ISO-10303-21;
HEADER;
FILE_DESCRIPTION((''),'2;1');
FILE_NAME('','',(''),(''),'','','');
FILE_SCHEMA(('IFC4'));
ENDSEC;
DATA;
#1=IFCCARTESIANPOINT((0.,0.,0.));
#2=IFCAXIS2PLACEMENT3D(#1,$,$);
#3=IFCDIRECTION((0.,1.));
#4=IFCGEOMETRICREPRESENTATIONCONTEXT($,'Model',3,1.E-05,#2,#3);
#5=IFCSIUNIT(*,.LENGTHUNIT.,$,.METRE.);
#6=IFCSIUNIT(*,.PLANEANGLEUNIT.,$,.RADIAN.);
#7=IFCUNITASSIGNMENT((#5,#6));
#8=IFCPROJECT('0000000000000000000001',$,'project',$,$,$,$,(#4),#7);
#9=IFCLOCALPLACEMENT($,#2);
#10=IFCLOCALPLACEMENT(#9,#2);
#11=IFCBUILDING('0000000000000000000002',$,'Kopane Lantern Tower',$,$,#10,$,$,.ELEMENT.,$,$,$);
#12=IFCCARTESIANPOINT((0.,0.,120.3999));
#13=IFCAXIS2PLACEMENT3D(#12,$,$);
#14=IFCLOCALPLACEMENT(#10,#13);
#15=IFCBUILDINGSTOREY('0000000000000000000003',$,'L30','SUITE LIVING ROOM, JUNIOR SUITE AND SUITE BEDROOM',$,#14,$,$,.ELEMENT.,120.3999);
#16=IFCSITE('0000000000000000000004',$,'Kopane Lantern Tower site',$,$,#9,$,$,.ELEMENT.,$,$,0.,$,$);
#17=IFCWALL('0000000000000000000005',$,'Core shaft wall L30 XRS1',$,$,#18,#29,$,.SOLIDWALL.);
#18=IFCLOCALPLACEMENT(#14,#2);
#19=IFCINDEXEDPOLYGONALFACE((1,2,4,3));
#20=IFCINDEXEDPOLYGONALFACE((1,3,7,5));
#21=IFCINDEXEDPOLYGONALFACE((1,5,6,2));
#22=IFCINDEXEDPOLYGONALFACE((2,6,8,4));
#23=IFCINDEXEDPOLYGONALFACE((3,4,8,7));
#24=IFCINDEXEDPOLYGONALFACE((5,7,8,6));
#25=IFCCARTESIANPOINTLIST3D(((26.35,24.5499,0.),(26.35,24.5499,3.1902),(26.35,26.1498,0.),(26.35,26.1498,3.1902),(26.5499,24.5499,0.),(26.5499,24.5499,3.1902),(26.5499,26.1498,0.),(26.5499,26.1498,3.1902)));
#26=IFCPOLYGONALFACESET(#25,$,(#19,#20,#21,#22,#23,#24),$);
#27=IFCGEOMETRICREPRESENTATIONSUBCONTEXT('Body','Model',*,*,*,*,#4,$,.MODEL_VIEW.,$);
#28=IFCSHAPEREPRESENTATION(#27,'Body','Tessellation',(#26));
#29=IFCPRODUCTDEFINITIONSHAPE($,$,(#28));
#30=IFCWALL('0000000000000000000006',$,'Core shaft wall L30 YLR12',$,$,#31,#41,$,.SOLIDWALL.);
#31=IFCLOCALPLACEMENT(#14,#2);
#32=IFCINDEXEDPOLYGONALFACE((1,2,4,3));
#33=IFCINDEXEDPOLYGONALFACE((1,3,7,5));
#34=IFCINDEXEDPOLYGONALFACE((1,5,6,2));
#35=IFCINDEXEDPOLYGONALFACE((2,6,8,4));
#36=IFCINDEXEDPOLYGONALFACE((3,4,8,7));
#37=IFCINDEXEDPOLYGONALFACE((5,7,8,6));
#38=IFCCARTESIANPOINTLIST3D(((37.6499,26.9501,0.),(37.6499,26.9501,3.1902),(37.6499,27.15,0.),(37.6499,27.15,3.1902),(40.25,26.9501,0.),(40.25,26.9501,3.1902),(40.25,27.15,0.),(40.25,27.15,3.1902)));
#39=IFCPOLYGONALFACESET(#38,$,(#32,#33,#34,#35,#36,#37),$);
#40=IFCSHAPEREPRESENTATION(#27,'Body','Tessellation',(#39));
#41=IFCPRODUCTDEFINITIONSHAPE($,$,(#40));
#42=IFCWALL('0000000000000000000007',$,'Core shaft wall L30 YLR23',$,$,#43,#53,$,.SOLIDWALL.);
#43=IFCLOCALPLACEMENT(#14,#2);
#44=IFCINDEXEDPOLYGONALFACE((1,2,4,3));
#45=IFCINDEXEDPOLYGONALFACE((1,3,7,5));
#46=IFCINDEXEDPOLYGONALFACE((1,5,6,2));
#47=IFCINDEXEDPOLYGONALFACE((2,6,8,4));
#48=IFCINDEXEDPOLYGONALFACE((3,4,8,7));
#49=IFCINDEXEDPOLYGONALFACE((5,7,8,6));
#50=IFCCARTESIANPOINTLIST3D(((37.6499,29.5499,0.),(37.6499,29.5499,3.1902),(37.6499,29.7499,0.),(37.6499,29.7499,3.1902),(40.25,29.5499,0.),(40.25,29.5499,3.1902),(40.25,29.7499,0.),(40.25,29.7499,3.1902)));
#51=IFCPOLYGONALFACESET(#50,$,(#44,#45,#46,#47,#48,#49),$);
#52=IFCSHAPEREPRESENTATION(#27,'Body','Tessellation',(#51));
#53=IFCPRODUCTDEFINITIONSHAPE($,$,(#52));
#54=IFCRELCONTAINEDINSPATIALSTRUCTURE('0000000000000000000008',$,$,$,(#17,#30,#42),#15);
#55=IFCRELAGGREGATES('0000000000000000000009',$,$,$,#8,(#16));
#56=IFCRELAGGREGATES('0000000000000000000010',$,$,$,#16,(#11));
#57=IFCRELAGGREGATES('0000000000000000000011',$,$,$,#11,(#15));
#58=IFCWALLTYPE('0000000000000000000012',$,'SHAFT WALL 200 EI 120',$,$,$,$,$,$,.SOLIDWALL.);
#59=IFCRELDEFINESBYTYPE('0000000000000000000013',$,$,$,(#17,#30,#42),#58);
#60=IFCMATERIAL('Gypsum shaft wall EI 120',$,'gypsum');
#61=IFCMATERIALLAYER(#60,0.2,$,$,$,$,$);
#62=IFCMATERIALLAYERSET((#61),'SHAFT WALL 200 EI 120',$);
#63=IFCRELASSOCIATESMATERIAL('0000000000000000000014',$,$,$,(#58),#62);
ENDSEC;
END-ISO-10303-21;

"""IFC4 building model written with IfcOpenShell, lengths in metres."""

from ifc_helpers import new_model, si_unit, direction, frame, frame_2d, origin, place, context, subcontext, project, spatial, rectangle, extrude, material, layer, layer_set, type_object, element, save


model = new_model("IFC4")

# Units and contexts
model_context = context("Model", 3, precision=1e-05, world=origin(), true_north=direction((0.0, 1.0)))
body_context = subcontext(model_context, "Body", "Model", "MODEL_VIEW")
ifc_project = project(units=[si_unit("LENGTHUNIT", "METRE"), si_unit("PLANEANGLEUNIT", "RADIAN")], contexts=[model_context])

# Site, building, storey
site_placement = place(None, origin())
site = spatial("IfcSite", under=ifc_project, at=site_placement, Name="Kopane Lantern Tower site", CompositionType="ELEMENT", RefElevation=0.0)
building_placement = place(site_placement, origin())
building = spatial("IfcBuilding", under=site, at=building_placement, Name="Kopane Lantern Tower", CompositionType="ELEMENT")
storey_placement = place(building_placement, frame((0.0, 0.0, 120.3999)))
storey = spatial("IfcBuildingStorey", under=building, at=storey_placement, Name="L30", Description="SUITE LIVING ROOM, JUNIOR SUITE AND SUITE BEDROOM", CompositionType="ELEMENT", Elevation=120.3999)

# Walls
ifc_material_1 = material(Name="Gypsum shaft wall EI 120", Category="gypsum")
ifc_layer_1 = layer(ifc_material_1, 0.2)
ifc_layer_set_1 = layer_set([ifc_layer_1], Name="SHAFT WALL 200 EI 120")
wall_type_1 = type_object("IfcWallType", Name="SHAFT WALL 200 EI 120", PredefinedType="SOLIDWALL", material=ifc_layer_set_1)
wall_1_placement = place(storey_placement, frame((26.45, 24.55, 0.0), z_axis=(0.0, 0.0, 1.0), x_axis=(0.0, 1.0, 0.0)))
element("IfcWall", 1, at=wall_1_placement, inside=storey, type_object=wall_type_1, Name="Core shaft wall L30 XRS1", PredefinedType="SOLIDWALL", context=body_context, shape_type="SweptSolid", body=[
    extrude(rectangle(XDim=1.5999, YDim=0.2, at=frame_2d((0.7998, 0.0))), origin(), (0.0, 0.0, 1.0), 3.1902),
])
for number, where, z_axis, x_axis, name in (
    (2, (37.6499, 27.05, 0.0), (0.0, 0.0, 1.0), (1.0, 0.0, 0.0), "Core shaft wall L30 YLR12"),
    (3, (37.6499, 29.6499, 0.0), (0.0, 0.0, 1.0), (1.0, 0.0, 0.0), "Core shaft wall L30 YLR23"),
):
    element("IfcWall", number, at=place(storey_placement, frame(where, z_axis=z_axis, x_axis=x_axis)), inside=storey, type_object=wall_type_1, Name=name, PredefinedType="SOLIDWALL", context=body_context, shape_type="SweptSolid", body=[
        extrude(rectangle(XDim=2.6001, YDim=0.2, at=frame_2d((1.3, 0.0))), origin(), (0.0, 0.0, 1.0), 3.1902),
    ])

save(model, "model.ifc")
